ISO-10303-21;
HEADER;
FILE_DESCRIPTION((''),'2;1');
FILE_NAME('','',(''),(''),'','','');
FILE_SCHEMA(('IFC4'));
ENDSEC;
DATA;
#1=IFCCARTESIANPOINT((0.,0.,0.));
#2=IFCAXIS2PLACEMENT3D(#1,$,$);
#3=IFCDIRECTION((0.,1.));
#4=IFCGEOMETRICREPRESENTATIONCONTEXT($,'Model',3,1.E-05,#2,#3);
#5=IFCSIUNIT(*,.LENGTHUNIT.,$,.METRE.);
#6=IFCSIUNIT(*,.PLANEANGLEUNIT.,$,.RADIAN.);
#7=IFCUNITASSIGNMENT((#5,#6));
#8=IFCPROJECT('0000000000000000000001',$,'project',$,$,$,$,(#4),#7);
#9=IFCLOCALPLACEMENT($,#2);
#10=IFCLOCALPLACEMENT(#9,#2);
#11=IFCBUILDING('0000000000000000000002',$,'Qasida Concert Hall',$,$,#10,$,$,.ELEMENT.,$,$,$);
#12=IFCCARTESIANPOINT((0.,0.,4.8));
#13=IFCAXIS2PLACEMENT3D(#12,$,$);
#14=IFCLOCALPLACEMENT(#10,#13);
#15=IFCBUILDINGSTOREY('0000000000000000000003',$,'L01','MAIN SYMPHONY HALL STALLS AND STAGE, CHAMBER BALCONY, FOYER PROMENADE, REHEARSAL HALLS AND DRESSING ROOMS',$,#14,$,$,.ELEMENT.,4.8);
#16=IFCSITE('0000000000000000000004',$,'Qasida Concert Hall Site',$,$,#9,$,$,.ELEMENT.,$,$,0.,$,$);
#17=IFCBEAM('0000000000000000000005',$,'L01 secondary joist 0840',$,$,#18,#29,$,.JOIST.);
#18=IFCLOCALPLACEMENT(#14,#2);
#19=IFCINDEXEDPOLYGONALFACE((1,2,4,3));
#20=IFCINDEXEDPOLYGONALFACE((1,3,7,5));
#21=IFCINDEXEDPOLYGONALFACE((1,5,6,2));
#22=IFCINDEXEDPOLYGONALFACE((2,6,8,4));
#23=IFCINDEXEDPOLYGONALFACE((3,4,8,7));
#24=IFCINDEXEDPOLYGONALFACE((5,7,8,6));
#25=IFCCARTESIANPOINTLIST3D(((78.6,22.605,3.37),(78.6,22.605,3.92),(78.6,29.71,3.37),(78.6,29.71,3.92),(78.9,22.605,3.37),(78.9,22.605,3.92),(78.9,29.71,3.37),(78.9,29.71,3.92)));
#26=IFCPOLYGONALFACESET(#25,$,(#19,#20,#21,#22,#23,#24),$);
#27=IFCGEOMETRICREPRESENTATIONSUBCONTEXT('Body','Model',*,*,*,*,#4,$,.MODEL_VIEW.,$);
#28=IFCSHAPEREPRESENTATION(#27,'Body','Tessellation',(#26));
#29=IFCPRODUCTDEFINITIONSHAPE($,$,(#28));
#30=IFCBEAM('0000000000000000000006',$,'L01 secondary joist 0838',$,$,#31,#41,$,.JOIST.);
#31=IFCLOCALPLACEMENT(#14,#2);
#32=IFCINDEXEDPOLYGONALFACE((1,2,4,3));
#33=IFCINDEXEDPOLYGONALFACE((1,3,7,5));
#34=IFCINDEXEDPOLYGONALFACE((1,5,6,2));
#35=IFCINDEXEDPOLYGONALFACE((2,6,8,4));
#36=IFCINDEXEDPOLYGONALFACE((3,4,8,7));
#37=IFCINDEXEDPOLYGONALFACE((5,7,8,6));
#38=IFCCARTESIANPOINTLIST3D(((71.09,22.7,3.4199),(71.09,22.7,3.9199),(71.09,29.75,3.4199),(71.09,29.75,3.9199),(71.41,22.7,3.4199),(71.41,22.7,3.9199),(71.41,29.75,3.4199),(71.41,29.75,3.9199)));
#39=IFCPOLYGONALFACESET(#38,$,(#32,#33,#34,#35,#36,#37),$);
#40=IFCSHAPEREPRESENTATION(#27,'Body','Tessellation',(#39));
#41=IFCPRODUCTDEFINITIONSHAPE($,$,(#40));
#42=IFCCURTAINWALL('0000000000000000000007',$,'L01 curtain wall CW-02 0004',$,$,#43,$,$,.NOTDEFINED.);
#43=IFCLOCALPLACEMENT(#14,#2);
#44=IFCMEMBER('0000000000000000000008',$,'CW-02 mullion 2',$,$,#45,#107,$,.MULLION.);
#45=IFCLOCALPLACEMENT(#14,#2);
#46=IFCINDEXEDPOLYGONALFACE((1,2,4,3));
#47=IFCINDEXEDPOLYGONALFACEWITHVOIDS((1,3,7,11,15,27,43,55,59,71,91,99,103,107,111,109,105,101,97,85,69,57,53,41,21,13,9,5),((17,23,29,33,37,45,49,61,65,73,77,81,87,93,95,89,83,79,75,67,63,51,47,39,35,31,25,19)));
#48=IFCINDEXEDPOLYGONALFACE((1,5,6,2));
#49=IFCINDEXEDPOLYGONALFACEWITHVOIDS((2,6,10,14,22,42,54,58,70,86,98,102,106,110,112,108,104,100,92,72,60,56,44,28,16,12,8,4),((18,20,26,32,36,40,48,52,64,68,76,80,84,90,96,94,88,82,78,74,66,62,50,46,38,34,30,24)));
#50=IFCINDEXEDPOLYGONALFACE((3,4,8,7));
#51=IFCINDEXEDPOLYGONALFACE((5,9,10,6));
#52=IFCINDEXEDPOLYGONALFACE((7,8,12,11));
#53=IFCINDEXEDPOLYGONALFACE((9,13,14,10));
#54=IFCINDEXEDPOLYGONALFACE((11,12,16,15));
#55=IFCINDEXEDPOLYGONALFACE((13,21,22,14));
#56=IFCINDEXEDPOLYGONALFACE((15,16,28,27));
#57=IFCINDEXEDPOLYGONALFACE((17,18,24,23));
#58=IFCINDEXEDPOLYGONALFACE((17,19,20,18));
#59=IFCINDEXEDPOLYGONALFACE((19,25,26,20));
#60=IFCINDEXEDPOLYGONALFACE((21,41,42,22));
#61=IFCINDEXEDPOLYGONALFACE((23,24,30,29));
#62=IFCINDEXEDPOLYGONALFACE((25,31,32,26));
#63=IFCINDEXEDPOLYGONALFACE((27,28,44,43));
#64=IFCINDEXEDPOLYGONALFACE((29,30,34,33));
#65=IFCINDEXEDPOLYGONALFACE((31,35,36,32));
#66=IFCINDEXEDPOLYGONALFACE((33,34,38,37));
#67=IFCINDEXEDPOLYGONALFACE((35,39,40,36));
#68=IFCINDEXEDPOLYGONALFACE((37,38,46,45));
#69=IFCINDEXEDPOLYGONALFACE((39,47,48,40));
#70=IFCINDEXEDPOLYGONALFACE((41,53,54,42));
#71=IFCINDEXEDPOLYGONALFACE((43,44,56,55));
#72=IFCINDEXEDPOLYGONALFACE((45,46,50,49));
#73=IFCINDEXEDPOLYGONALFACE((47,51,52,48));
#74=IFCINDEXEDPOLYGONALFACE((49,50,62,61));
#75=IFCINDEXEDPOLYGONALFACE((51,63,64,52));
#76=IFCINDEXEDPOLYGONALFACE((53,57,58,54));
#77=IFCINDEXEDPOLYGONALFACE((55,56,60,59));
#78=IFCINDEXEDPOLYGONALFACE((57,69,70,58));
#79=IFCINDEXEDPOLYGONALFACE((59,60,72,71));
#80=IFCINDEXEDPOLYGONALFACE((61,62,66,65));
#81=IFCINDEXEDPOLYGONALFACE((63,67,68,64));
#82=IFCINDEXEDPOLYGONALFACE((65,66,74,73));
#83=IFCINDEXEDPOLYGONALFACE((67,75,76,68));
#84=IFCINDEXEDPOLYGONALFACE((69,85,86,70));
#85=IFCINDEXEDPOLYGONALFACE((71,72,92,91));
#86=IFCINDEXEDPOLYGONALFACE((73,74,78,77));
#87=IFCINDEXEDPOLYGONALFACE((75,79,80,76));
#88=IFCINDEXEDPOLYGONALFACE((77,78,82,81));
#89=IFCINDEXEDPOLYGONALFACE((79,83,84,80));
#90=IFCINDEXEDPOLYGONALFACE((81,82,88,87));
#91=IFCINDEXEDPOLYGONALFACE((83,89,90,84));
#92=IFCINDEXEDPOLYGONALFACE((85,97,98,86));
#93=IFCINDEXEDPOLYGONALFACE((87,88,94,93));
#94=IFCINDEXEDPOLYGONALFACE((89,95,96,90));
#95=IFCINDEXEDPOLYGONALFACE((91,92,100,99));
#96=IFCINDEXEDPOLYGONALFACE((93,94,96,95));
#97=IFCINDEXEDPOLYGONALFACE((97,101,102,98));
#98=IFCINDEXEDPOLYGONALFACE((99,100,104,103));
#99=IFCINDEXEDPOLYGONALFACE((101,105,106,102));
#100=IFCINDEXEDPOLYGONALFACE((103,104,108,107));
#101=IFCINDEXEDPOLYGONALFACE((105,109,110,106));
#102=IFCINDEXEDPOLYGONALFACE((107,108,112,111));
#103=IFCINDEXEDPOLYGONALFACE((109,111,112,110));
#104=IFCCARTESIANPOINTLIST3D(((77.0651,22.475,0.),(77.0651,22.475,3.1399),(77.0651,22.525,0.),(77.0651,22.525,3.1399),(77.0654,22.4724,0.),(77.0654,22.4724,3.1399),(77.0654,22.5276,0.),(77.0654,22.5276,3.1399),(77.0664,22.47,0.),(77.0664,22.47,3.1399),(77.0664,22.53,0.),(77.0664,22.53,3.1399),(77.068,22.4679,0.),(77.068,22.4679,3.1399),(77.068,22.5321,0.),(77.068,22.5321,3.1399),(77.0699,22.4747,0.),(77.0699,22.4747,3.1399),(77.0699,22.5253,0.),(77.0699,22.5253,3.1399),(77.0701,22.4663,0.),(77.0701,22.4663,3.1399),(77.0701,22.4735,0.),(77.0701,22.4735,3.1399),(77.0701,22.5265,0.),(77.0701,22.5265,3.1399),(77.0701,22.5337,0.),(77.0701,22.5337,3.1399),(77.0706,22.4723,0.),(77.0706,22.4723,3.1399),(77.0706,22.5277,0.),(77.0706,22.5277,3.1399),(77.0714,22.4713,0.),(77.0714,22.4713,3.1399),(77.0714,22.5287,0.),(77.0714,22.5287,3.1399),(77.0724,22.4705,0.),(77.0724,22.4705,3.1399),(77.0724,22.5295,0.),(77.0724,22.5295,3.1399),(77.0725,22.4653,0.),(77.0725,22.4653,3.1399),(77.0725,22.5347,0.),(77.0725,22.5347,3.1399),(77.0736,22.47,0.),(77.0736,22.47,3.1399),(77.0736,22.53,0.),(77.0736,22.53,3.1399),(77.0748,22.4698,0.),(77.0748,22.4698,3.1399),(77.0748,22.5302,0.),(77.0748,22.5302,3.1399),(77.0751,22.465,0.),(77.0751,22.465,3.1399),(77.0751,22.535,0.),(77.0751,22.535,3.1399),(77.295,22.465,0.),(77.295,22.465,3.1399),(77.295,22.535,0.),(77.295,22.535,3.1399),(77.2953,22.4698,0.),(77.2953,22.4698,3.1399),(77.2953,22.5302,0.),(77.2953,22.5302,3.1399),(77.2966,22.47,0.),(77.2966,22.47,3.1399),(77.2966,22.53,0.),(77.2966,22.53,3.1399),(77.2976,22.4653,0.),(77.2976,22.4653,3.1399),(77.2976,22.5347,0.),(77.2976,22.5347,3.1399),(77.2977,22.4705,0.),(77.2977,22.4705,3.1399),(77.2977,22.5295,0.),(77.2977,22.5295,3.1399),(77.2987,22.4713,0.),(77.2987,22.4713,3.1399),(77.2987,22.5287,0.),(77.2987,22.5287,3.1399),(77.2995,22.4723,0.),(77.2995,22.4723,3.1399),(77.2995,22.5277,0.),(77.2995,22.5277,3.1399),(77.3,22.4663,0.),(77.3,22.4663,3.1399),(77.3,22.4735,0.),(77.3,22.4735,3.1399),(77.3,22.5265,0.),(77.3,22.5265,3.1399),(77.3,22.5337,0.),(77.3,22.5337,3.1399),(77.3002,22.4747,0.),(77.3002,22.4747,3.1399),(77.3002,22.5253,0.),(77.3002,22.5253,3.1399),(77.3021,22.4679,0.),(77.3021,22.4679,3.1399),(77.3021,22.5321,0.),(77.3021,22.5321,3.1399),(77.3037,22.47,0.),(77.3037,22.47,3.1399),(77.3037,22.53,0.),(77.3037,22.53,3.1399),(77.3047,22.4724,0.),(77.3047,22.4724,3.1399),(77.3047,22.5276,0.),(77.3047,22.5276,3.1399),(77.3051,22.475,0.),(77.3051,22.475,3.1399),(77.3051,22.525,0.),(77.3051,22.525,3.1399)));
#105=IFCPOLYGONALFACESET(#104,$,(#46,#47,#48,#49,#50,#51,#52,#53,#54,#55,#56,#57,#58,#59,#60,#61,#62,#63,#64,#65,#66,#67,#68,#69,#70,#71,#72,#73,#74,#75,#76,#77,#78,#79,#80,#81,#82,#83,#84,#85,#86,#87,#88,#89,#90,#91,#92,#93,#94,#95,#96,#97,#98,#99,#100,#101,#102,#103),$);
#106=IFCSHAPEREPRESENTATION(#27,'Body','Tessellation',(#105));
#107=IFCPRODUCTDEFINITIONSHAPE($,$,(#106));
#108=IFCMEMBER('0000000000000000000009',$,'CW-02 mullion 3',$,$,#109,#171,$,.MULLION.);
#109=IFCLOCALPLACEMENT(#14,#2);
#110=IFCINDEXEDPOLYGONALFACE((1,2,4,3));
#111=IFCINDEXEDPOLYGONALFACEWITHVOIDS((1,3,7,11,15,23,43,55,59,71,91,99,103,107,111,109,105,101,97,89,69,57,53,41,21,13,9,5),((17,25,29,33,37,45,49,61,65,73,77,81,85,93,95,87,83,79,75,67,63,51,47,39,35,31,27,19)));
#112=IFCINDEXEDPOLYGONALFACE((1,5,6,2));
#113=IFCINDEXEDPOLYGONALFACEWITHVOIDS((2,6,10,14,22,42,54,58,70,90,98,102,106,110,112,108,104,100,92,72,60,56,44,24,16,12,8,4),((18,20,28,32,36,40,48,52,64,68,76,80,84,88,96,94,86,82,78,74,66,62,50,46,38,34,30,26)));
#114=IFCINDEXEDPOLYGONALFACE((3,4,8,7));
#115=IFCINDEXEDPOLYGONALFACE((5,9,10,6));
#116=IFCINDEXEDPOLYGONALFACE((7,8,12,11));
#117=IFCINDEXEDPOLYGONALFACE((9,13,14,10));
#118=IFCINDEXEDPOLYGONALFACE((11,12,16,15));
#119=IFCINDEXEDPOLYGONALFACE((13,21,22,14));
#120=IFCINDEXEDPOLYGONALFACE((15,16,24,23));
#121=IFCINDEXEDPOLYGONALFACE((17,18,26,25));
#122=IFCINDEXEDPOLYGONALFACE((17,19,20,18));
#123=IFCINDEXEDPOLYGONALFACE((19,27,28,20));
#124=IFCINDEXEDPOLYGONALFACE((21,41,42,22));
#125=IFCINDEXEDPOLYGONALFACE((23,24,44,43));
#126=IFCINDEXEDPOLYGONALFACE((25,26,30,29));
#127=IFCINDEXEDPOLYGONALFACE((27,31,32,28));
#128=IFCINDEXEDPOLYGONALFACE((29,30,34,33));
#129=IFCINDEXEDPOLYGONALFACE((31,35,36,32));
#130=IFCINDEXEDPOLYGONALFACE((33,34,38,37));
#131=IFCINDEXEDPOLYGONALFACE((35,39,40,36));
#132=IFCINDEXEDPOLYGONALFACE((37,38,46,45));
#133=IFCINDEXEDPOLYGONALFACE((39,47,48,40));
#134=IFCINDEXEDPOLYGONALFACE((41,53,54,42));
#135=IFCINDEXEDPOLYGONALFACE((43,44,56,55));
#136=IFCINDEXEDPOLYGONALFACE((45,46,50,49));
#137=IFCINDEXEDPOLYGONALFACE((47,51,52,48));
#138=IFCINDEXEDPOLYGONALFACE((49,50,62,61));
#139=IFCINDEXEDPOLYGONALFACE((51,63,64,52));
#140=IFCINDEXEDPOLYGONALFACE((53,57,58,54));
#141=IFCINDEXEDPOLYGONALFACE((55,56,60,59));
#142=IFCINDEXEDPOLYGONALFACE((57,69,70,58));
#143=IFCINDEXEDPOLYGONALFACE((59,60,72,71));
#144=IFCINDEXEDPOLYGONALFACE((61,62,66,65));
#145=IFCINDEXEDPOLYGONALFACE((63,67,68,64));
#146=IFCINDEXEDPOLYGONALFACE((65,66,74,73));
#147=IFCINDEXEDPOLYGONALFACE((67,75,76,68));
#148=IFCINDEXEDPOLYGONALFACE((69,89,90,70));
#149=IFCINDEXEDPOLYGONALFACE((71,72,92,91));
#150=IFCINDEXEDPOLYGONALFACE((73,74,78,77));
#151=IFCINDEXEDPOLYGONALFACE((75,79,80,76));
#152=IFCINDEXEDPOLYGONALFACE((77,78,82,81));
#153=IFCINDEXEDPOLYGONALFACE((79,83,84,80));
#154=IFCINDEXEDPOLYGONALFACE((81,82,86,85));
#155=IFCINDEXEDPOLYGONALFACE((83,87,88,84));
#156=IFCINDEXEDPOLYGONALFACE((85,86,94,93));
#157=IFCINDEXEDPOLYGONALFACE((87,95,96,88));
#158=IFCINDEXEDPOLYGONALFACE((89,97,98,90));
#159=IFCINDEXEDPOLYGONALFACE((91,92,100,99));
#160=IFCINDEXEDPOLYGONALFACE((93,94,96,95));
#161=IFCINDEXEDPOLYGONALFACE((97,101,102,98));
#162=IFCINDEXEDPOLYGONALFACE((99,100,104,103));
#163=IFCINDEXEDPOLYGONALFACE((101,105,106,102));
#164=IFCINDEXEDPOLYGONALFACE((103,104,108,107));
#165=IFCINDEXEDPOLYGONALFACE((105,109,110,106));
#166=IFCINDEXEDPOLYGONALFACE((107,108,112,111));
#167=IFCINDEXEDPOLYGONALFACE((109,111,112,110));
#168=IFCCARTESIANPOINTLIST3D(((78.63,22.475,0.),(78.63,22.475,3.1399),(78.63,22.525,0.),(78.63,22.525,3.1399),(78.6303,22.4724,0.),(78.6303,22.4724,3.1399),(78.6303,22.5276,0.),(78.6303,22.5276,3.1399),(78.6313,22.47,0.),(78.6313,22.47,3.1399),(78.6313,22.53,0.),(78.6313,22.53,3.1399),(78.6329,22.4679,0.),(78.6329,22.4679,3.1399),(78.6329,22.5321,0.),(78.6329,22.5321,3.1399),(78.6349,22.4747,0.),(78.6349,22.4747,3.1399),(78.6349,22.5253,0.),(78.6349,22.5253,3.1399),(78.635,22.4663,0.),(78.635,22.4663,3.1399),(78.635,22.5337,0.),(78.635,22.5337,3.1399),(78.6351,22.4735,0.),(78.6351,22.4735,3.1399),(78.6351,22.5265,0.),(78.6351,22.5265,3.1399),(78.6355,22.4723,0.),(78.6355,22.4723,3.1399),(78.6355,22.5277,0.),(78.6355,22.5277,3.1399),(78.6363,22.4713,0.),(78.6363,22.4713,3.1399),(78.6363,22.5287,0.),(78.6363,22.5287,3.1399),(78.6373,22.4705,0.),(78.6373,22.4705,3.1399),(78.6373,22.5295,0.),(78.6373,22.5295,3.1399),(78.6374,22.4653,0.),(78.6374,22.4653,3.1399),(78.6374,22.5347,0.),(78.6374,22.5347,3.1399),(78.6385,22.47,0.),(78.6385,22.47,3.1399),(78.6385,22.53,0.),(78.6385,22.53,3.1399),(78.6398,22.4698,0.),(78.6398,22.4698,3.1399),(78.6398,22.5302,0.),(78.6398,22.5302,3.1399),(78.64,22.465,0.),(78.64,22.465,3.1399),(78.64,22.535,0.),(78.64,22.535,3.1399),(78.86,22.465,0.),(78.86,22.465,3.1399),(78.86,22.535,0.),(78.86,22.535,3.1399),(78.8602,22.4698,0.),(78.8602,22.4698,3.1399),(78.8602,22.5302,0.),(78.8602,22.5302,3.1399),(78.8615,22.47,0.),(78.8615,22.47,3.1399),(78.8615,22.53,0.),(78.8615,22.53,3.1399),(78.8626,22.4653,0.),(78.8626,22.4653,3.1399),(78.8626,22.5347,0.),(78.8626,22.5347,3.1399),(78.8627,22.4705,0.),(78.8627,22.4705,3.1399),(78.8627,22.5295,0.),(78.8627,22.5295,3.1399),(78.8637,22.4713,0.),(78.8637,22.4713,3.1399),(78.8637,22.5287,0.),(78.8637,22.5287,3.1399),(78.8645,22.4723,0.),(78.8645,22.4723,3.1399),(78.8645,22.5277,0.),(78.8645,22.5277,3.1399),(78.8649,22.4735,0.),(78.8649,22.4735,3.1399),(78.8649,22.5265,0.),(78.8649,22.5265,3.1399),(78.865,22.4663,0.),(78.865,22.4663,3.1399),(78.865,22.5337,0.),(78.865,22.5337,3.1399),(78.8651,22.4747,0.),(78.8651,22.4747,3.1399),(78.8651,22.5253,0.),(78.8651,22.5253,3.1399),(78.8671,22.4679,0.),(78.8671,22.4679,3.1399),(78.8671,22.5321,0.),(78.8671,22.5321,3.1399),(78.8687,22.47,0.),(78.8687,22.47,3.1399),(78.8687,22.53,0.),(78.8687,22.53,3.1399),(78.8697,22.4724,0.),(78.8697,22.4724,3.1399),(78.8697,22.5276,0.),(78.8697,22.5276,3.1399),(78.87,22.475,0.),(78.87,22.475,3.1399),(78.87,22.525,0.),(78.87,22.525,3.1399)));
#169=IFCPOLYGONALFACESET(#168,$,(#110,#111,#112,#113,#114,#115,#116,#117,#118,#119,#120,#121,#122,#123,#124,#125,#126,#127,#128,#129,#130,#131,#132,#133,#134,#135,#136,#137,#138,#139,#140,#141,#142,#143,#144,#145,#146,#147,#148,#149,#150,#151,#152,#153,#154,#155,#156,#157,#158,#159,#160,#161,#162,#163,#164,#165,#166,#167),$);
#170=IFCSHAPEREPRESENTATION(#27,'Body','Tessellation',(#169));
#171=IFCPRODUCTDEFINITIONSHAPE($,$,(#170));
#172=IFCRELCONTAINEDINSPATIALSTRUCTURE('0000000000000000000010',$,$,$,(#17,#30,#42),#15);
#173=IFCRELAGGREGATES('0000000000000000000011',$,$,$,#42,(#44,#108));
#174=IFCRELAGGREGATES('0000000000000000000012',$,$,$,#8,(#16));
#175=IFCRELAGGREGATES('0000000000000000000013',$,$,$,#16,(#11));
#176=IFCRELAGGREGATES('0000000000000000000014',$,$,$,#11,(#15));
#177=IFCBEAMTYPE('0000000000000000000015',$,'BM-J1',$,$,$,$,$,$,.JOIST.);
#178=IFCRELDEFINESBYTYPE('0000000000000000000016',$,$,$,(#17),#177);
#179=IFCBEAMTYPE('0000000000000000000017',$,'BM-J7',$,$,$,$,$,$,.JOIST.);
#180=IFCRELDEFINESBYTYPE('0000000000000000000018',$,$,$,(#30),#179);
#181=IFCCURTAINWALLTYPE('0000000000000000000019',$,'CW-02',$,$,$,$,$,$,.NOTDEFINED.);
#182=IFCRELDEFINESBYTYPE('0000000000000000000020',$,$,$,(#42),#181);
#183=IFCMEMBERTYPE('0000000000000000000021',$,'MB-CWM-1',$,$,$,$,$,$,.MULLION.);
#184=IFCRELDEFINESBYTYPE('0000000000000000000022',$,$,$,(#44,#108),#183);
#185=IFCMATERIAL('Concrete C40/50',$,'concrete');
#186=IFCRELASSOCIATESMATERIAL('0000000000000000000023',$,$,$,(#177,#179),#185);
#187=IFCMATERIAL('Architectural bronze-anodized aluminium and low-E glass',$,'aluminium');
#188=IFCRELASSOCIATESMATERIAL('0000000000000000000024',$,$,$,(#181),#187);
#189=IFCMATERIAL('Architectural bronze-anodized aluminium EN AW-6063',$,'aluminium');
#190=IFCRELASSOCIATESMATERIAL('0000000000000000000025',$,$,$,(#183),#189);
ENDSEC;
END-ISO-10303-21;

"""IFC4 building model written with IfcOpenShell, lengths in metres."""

from ifc_helpers import new_model, si_unit, direction, frame, origin, origin_2d, place, context, subcontext, project, spatial, rectangle, hollow_rectangle, extrude, material, material_profile, profile_set, type_object, element, aggregate, save


model = new_model("IFC4")

# Units and contexts
model_context = context("Model", 3, precision=1e-05, world=origin(), true_north=direction((0.0, 1.0)))
body_context = subcontext(model_context, "Body", "Model", "MODEL_VIEW")
ifc_project = project(units=[si_unit("LENGTHUNIT", "METRE"), si_unit("PLANEANGLEUNIT", "RADIAN")], contexts=[model_context])

# Site, building, storey
site_placement = place(None, origin())
site = spatial("IfcSite", under=ifc_project, at=site_placement, Name="Qasida Concert Hall Site", CompositionType="ELEMENT", RefElevation=0.0)
building_placement = place(site_placement, origin())
building = spatial("IfcBuilding", under=site, at=building_placement, Name="Qasida Concert Hall", CompositionType="ELEMENT")
storey_placement = place(building_placement, frame((0.0, 0.0, 4.8)))
storey = spatial("IfcBuildingStorey", under=building, at=storey_placement, Name="L01", Description="MAIN SYMPHONY HALL STALLS AND STAGE, CHAMBER BALCONY, FOYER PROMENADE, REHEARSAL HALLS AND DRESSING ROOMS", CompositionType="ELEMENT", Elevation=4.8)

# Beams
ifc_material_1 = material(Name="Concrete C40/50", Category="concrete")
ifc_material_profile_1 = material_profile(ifc_material_1, rectangle(XDim=0.3, YDim=0.55, at=origin_2d()), Name="RC 300x550")
ifc_profile_set_1 = profile_set([ifc_material_profile_1], Name="Concrete C40/50")
beam_type_1 = type_object("IfcBeamType", Name="BM-J1", PredefinedType="JOIST", material=ifc_profile_set_1)
beam_1_placement = place(storey_placement, frame((78.75, 22.605, 3.645), z_axis=(0.0, 1.0, 0.0), x_axis=(-1.0, 0.0, 0.0)))
element("IfcBeam", 1, at=beam_1_placement, inside=storey, type_object=beam_type_1, Name="L01 secondary joist 0840", PredefinedType="JOIST", context=body_context, shape_type="SweptSolid", body=[
    extrude(rectangle(XDim=0.3, YDim=0.55, at=origin_2d()), origin(), (0.0, 0.0, 1.0), 7.105),
])
ifc_material_profile_2 = material_profile(ifc_material_1, rectangle(XDim=0.3201, YDim=0.5, at=origin_2d()), Name="RC 320x500")
ifc_profile_set_2 = profile_set([ifc_material_profile_2], Name="Concrete C40/50")
beam_type_2 = type_object("IfcBeamType", Name="BM-J7", PredefinedType="JOIST", material=ifc_profile_set_2)
beam_2_placement = place(storey_placement, frame((71.25, 22.7, 3.6699), z_axis=(0.0, 1.0, 0.0), x_axis=(-1.0, 0.0, 0.0)))
element("IfcBeam", 2, at=beam_2_placement, inside=storey, type_object=beam_type_2, Name="L01 secondary joist 0838", PredefinedType="JOIST", context=body_context, shape_type="SweptSolid", body=[
    extrude(rectangle(XDim=0.3201, YDim=0.5, at=origin_2d()), origin(), (0.0, 0.0, 1.0), 7.05),
])

# Curtain wall, members
ifc_material_2 = material(Name="Architectural bronze-anodized aluminium and low-E glass", Category="aluminium")
curtain_wall_type = type_object("IfcCurtainWallType", Name="CW-02", PredefinedType="NOTDEFINED", material=ifc_material_2)
curtain_wall_placement = place(storey_placement, origin())
curtain_wall = element("IfcCurtainWall", 3, at=curtain_wall_placement, inside=storey, type_object=curtain_wall_type, Name="L01 curtain wall CW-02 0004", PredefinedType="NOTDEFINED")
ifc_material_3 = material(Name="Architectural bronze-anodized aluminium EN AW-6063", Category="aluminium")
ifc_material_profile_3 = material_profile(ifc_material_3, hollow_rectangle(XDim=0.0701, YDim=0.24, WallThickness=0.0049, InnerFilletRadius=0.0049, OuterFilletRadius=0.01, at=origin_2d()), Name="CWM 240x70x5")
ifc_profile_set_3 = profile_set([ifc_material_profile_3], Name="Architectural bronze-anodized aluminium EN AW-6063")
member_type_1 = type_object("IfcMemberType", Name="MB-CWM-1", PredefinedType="MULLION", material=ifc_profile_set_3)
member_1_placement = place(storey_placement, frame((77.1851, 22.5, 0.0), z_axis=(0.0, 0.0, 1.0), x_axis=(0.0, 1.0, 0.0)))
member_1 = element("IfcMember", 4, at=member_1_placement, type_object=member_type_1, Name="CW-02 mullion 2", PredefinedType="MULLION", context=body_context, shape_type="SweptSolid", body=[
    extrude(hollow_rectangle(XDim=0.0701, YDim=0.24, WallThickness=0.0049, InnerFilletRadius=0.0049, OuterFilletRadius=0.01, at=origin_2d()), origin(), (0.0, 0.0, 1.0), 3.1399),
])
member_2_placement = place(storey_placement, frame((78.75, 22.5, 0.0), z_axis=(0.0, 0.0, 1.0), x_axis=(0.0, 1.0, 0.0)))
member_2 = element("IfcMember", 5, at=member_2_placement, type_object=member_type_1, Name="CW-02 mullion 3", PredefinedType="MULLION", context=body_context, shape_type="SweptSolid", body=[
    extrude(hollow_rectangle(XDim=0.0701, YDim=0.24, WallThickness=0.0049, InnerFilletRadius=0.0049, OuterFilletRadius=0.01, at=origin_2d()), origin(), (0.0, 0.0, 1.0), 3.1399),
])
aggregate(curtain_wall, [member_1, member_2])

save(model, "model.ifc")
